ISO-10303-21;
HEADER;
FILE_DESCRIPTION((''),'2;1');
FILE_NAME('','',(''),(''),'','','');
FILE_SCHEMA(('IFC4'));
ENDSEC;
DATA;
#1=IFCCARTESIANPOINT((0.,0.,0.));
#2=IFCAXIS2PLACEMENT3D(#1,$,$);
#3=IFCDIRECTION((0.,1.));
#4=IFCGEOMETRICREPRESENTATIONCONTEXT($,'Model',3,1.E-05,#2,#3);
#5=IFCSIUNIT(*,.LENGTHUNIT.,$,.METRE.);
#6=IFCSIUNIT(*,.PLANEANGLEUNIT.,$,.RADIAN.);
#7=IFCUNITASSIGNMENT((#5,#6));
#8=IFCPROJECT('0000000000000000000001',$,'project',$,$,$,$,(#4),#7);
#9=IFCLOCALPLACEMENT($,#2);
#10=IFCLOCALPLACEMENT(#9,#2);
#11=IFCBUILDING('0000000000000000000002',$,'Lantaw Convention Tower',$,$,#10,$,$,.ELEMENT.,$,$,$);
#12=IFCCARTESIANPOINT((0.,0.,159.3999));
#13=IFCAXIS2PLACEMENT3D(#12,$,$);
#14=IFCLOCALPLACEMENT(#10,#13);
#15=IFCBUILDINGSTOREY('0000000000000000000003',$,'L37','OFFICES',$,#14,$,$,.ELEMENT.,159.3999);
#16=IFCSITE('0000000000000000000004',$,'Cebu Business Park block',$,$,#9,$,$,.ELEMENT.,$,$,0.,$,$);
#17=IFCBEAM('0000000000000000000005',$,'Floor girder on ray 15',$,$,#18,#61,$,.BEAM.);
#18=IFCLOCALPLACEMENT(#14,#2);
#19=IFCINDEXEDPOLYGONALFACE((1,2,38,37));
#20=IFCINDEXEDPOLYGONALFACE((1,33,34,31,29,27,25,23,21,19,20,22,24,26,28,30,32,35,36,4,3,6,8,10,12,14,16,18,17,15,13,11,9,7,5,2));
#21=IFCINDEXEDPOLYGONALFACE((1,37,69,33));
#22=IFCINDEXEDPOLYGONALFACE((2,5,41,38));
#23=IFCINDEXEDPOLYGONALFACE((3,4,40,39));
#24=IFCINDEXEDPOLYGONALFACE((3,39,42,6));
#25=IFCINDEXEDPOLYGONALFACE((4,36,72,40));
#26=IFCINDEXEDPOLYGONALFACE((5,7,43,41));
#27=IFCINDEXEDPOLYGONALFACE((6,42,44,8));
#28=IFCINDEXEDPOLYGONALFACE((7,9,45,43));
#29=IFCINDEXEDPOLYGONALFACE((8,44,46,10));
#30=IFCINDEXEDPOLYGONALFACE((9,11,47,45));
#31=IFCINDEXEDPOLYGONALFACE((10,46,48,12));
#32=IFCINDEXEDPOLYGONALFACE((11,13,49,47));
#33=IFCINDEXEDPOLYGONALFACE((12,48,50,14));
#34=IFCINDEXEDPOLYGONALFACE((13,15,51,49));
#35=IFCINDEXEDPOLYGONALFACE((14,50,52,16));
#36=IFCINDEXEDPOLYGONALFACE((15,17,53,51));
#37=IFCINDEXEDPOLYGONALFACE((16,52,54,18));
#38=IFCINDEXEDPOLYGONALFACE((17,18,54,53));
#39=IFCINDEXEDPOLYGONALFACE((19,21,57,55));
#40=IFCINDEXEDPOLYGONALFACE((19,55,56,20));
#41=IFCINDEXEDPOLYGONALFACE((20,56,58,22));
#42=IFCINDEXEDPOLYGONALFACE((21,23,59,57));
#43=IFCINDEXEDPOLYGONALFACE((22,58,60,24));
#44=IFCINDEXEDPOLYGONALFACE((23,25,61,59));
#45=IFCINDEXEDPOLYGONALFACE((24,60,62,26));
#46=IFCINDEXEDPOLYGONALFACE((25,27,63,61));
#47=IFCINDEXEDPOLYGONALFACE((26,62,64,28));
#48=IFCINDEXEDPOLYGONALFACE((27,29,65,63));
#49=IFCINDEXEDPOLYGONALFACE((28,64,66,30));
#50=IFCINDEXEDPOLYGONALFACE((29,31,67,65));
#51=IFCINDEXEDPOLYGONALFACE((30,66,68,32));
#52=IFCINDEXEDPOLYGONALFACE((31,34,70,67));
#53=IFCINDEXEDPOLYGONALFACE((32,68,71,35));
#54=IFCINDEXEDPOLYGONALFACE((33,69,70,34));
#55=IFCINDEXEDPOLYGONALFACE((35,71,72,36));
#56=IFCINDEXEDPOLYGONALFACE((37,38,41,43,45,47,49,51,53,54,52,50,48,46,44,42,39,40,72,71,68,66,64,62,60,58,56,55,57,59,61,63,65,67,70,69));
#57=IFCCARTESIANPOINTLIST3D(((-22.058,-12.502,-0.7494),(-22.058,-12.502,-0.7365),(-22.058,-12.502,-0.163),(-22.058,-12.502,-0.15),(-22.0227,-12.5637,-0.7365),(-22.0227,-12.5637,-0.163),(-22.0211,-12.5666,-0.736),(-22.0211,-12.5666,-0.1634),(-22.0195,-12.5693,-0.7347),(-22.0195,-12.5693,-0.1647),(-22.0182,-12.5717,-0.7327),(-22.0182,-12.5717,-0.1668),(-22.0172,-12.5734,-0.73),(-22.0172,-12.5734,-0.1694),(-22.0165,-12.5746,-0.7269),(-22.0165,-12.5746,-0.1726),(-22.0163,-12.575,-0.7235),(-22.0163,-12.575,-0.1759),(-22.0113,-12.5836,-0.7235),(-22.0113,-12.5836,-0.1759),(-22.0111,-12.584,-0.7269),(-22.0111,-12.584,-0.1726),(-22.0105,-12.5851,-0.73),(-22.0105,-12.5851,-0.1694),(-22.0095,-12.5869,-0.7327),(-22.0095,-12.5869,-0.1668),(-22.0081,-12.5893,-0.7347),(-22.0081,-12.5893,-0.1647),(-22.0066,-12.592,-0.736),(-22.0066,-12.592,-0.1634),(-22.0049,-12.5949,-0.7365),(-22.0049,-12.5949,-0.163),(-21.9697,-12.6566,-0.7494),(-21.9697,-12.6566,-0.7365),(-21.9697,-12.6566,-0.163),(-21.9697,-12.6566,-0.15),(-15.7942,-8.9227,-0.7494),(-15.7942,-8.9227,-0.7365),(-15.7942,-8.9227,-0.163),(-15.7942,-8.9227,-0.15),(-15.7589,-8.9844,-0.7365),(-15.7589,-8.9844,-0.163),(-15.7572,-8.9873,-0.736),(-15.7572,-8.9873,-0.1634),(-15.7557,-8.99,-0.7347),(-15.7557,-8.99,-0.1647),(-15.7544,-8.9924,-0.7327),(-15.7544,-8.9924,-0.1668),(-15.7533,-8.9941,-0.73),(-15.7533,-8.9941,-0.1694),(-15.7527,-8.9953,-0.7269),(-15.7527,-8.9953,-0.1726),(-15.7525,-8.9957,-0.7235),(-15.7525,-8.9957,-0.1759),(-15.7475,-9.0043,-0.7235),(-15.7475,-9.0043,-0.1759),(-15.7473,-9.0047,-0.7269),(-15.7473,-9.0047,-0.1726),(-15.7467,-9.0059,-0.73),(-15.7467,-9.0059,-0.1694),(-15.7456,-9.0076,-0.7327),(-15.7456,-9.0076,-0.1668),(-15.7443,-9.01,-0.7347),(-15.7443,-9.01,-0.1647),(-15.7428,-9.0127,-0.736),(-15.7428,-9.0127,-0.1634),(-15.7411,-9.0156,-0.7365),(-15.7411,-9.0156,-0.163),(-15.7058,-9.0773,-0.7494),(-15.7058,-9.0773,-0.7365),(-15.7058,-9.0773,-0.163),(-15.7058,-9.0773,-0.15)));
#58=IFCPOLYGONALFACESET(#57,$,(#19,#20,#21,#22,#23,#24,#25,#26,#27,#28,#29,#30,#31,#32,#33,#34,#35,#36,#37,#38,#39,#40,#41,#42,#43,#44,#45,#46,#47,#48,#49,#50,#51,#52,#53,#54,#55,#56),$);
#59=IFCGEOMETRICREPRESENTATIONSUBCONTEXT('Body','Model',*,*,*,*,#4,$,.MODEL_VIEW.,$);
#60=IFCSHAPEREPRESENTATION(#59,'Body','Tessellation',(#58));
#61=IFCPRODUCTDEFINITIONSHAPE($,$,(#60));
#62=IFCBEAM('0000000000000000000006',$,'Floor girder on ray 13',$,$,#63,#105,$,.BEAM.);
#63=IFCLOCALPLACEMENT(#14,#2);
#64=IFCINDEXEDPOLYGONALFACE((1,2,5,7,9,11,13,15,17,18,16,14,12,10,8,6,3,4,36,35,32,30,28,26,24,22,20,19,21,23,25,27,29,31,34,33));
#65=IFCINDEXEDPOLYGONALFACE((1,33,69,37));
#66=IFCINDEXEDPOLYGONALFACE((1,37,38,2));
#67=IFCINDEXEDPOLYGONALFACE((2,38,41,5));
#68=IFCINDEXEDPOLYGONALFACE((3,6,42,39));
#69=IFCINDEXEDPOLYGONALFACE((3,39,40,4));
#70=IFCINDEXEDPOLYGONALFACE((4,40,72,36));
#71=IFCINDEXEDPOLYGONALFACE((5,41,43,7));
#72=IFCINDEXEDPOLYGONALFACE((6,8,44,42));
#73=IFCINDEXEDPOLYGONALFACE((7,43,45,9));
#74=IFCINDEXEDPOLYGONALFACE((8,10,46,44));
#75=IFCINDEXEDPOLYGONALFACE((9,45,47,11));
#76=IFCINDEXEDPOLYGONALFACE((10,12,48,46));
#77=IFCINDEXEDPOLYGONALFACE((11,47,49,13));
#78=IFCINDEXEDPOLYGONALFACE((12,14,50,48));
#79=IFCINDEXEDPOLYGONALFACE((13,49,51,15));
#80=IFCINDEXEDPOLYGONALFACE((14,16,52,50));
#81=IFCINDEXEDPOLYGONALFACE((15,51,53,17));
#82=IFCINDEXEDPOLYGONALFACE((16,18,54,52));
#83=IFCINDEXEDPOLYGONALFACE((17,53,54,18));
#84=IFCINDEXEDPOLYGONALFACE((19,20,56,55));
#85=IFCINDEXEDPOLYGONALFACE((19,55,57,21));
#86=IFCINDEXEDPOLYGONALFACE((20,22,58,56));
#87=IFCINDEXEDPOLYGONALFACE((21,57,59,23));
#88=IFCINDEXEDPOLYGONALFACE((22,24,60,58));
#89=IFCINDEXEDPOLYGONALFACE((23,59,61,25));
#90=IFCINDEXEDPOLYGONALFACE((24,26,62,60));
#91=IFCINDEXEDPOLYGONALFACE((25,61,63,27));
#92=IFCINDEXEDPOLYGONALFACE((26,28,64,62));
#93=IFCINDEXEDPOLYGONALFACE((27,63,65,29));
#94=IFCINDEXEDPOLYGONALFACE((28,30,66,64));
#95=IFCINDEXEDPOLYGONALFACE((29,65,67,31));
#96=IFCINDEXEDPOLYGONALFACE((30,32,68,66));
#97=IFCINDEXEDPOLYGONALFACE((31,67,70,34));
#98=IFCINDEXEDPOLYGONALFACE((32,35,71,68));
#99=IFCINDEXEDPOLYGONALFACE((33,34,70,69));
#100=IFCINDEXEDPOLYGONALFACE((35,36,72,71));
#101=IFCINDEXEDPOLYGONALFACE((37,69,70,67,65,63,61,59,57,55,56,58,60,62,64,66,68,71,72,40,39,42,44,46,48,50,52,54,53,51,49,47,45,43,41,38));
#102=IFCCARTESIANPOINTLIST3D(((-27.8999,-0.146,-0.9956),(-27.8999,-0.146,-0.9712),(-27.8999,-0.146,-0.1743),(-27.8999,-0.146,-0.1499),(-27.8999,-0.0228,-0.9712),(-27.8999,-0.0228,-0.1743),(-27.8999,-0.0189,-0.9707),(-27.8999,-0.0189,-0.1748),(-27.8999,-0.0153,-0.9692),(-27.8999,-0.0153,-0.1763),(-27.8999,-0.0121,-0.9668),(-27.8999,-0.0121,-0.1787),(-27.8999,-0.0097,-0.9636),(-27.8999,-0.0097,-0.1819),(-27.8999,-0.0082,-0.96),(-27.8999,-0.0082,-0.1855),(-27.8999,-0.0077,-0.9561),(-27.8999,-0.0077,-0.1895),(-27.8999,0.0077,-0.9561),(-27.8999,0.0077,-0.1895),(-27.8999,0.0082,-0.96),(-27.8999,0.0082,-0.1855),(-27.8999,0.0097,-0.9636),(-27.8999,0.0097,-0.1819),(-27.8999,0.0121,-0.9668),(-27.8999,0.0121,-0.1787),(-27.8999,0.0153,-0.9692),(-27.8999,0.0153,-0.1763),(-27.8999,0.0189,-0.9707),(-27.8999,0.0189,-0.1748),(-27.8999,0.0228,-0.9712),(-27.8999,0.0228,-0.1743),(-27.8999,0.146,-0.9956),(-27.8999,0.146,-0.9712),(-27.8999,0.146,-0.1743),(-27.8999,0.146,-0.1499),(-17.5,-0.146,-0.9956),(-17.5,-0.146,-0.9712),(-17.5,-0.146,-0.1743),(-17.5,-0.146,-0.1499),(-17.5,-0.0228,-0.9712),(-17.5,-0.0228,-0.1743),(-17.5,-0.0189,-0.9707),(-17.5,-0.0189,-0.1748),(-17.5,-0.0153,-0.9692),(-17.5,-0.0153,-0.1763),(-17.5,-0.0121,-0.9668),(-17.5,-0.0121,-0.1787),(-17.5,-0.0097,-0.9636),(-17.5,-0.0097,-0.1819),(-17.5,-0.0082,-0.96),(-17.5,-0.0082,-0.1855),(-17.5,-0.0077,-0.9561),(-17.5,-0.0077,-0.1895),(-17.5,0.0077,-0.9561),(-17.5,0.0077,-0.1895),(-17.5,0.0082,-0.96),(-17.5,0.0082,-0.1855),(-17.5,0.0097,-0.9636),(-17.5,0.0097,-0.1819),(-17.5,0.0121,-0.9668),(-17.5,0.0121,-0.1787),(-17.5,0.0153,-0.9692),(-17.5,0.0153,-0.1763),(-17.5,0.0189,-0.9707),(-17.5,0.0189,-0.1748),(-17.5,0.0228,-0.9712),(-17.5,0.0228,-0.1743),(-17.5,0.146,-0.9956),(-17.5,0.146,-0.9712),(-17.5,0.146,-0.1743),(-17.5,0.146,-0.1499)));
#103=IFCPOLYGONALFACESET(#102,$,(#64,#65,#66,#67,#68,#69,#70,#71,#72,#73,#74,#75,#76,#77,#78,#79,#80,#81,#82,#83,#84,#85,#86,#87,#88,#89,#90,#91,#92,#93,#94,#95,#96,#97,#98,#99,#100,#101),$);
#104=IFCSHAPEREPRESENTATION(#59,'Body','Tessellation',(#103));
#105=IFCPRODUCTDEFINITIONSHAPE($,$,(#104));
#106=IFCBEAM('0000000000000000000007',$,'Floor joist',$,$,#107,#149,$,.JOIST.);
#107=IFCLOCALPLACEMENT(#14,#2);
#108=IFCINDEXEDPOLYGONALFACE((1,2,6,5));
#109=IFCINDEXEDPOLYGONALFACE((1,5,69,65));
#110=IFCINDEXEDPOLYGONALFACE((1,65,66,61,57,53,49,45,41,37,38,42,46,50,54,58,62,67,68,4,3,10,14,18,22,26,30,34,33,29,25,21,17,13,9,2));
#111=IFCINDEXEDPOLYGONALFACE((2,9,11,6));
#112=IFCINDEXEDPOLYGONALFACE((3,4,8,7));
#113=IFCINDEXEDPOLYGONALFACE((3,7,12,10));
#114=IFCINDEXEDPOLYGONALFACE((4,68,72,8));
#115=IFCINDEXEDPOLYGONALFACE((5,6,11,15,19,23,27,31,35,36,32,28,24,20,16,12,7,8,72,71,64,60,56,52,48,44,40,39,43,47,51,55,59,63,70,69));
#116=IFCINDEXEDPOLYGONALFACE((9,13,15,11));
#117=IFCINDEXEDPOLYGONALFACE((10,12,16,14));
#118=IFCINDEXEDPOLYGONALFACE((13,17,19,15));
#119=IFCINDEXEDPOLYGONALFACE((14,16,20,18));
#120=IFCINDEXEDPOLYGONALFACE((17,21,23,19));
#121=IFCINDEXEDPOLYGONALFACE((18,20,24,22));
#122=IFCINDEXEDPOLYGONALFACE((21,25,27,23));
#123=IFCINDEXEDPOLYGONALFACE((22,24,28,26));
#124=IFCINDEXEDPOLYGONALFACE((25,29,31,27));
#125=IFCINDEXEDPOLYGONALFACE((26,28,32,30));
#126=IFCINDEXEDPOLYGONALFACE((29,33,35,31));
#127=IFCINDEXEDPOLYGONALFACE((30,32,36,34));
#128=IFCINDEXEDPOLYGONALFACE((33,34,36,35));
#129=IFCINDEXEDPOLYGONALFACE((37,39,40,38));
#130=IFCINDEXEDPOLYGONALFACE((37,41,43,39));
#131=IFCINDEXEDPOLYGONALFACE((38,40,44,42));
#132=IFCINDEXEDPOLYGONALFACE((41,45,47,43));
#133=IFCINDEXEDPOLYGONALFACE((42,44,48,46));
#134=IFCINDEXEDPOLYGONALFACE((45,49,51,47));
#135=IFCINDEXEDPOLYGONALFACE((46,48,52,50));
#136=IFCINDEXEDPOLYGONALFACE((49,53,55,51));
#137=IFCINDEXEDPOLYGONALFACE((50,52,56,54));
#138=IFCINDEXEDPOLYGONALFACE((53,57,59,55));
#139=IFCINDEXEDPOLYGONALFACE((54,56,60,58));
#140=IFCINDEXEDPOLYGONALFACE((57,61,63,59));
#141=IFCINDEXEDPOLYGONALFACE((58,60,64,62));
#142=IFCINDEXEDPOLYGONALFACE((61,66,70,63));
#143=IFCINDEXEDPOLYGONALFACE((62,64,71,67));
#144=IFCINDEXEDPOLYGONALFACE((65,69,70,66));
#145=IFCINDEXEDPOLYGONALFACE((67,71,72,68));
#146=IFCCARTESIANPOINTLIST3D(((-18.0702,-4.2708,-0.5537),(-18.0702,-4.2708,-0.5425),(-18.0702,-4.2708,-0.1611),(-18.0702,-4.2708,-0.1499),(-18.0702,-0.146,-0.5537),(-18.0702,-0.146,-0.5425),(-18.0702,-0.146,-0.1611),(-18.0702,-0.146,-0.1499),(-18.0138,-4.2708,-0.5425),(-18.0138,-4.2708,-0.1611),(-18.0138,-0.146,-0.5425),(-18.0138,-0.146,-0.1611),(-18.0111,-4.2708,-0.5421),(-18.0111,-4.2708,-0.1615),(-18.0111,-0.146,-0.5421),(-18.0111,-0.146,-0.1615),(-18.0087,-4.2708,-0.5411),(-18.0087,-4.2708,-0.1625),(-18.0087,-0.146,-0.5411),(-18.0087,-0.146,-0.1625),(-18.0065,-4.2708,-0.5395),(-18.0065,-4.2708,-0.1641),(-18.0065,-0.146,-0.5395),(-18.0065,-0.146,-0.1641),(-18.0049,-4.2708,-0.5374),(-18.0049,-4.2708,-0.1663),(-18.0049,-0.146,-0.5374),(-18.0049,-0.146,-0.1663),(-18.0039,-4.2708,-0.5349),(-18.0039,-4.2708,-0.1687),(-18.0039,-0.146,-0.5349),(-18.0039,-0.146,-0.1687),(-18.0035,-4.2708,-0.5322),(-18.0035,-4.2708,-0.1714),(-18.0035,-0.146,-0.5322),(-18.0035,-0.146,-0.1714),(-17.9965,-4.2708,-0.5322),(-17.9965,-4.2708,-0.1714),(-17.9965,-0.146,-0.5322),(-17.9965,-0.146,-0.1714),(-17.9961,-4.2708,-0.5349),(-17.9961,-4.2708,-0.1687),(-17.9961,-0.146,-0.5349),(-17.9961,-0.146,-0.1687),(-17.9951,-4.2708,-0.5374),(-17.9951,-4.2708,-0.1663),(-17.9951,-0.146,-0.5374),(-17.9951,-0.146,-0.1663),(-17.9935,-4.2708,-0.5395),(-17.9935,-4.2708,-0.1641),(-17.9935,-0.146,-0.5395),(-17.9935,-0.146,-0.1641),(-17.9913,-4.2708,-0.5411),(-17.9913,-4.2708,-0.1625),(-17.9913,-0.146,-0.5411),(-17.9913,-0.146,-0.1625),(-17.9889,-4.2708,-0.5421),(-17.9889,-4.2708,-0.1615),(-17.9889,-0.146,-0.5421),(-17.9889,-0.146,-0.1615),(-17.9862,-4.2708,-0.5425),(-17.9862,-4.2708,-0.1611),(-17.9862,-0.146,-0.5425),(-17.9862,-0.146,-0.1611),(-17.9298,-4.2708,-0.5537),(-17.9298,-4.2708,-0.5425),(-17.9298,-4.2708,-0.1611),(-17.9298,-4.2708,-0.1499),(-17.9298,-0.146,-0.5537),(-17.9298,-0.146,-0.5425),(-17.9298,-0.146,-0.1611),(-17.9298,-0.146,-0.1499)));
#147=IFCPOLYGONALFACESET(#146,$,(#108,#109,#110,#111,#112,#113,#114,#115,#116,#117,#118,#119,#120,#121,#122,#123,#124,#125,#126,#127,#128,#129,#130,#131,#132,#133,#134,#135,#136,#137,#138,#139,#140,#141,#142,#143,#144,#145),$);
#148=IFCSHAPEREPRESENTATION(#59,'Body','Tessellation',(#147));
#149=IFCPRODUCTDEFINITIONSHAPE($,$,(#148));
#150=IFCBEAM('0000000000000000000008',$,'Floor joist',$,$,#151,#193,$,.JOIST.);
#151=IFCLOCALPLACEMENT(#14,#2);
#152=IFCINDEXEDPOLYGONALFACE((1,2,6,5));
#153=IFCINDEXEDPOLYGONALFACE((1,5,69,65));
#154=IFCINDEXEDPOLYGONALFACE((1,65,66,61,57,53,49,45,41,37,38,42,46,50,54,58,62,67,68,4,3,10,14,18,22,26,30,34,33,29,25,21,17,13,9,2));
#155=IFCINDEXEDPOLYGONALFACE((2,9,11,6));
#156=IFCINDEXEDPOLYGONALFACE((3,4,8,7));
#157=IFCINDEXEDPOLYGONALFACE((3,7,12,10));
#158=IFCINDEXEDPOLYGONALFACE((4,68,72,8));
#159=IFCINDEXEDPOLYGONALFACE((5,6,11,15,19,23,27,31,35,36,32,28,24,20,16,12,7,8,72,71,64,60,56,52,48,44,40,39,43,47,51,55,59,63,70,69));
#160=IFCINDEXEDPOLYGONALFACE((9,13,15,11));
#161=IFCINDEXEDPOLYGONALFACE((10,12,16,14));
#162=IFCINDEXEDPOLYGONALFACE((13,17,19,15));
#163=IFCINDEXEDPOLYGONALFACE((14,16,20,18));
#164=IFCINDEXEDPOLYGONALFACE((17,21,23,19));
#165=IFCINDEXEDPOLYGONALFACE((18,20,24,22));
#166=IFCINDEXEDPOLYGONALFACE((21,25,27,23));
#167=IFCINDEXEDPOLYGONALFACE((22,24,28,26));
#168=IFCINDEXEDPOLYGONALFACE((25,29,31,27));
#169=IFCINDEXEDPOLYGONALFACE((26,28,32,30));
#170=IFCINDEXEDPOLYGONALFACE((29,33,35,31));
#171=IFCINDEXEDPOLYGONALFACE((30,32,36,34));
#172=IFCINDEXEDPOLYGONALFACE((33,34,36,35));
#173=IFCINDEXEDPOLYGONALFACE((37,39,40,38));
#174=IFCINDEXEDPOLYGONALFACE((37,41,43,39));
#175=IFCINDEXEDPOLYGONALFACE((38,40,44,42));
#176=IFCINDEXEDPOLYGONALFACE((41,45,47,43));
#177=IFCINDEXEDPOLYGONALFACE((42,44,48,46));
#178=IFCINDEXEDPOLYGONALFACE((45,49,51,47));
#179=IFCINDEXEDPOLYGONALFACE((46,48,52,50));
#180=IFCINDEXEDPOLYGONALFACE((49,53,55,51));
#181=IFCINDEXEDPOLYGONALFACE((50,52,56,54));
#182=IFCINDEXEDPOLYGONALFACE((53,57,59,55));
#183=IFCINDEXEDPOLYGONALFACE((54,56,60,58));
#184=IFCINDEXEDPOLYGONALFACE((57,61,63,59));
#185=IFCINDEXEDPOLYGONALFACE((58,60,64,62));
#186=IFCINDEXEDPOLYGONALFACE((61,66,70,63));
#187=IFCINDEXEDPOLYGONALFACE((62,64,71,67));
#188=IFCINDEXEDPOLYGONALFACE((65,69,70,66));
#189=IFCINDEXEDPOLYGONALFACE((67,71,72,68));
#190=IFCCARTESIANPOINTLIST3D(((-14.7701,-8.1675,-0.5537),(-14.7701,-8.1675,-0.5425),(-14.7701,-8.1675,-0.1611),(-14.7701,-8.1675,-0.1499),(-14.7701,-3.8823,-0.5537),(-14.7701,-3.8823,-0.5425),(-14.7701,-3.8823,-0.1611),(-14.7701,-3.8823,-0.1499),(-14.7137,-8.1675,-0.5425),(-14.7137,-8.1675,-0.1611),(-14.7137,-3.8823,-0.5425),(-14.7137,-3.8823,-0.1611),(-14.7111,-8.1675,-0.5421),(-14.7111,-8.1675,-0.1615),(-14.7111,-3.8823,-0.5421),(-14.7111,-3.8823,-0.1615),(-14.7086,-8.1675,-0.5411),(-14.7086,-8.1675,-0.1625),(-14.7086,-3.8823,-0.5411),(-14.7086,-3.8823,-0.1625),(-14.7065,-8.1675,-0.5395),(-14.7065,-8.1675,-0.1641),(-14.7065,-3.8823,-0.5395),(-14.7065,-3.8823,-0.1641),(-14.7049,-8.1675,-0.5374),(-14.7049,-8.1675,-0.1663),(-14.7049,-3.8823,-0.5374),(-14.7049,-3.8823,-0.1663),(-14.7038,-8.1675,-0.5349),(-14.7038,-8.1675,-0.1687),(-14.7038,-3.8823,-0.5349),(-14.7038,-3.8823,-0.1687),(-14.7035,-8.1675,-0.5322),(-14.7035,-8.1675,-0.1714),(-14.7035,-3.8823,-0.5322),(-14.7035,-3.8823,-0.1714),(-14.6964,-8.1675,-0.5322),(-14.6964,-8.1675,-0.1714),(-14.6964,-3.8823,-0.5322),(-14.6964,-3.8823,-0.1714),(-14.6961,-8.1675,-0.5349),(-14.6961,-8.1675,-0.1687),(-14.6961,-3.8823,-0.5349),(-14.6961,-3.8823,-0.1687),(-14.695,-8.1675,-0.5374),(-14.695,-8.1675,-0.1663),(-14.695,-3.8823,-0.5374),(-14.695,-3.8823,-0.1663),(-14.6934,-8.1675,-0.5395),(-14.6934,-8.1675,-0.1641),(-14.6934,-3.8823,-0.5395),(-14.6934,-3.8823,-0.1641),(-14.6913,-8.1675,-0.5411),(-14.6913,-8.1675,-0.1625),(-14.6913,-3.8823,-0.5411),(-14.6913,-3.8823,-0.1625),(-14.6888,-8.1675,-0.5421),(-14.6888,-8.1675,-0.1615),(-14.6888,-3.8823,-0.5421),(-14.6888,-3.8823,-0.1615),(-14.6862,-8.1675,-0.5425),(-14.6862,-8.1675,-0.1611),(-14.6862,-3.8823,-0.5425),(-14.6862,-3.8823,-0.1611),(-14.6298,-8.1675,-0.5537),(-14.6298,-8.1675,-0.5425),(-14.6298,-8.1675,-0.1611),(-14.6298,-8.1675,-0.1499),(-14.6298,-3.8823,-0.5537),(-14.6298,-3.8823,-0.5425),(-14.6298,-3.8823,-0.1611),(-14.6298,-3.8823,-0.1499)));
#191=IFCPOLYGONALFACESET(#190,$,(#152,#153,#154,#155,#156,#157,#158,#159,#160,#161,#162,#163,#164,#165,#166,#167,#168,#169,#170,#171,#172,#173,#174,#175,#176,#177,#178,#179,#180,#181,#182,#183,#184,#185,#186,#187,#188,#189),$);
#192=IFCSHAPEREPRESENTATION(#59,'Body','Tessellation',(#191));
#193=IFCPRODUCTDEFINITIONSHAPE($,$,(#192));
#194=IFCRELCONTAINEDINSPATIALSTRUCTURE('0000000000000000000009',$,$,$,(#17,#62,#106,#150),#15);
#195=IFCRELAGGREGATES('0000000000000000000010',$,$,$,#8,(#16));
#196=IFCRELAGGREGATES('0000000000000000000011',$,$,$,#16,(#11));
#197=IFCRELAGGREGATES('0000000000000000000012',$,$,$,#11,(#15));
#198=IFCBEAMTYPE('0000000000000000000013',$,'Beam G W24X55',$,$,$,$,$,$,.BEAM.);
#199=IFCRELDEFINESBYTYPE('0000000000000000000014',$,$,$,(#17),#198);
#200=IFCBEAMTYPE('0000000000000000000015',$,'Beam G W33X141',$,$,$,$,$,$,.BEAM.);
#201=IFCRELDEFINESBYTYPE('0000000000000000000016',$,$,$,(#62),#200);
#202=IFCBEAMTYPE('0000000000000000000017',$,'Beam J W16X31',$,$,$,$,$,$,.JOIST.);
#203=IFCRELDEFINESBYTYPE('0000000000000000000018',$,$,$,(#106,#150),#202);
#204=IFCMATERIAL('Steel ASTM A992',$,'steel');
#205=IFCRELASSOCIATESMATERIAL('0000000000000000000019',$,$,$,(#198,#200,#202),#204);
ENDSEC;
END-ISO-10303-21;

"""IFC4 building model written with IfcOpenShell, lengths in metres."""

from ifc_helpers import new_model, si_unit, direction, frame, origin, origin_2d, place, context, subcontext, project, spatial, i_section, extrude, material, material_profile, profile_set, type_object, element, save


model = new_model("IFC4")

# Units and contexts
model_context = context("Model", 3, precision=1e-05, world=origin(), true_north=direction((0.0, 1.0)))
body_context = subcontext(model_context, "Body", "Model", "MODEL_VIEW")
ifc_project = project(units=[si_unit("LENGTHUNIT", "METRE"), si_unit("PLANEANGLEUNIT", "RADIAN")], contexts=[model_context])

# Site, building, storey
site_placement = place(None, origin())
site = spatial("IfcSite", under=ifc_project, at=site_placement, Name="Cebu Business Park block", CompositionType="ELEMENT", RefElevation=0.0)
building_placement = place(site_placement, origin())
building = spatial("IfcBuilding", under=site, at=building_placement, Name="Lantaw Convention Tower", CompositionType="ELEMENT")
storey_placement = place(building_placement, frame((0.0, 0.0, 159.3999)))
storey = spatial("IfcBuildingStorey", under=building, at=storey_placement, Name="L37", Description="OFFICES", CompositionType="ELEMENT", Elevation=159.3999)

# Beams
ifc_material_1 = material(Name="Steel ASTM A992", Category="steel")
ifc_material_profile_1 = material_profile(ifc_material_1, i_section(OverallWidth=0.178, OverallDepth=0.5994, WebThickness=0.01, FlangeThickness=0.0129, FilletRadius=0.0129, at=origin_2d()), Name="W24X55")
ifc_profile_set_1 = profile_set([ifc_material_profile_1], Name="Steel ASTM A992")
beam_type_1 = type_object("IfcBeamType", Name="Beam G W24X55", PredefinedType="BEAM", material=ifc_profile_set_1)
beam_1_placement = place(storey_placement, frame((-15.75, -9.0, -0.4497), z_axis=(-0.868245, -0.496135, 0.0), x_axis=(0.496135, -0.868245, 0.0)))
element("IfcBeam", 1, at=beam_1_placement, inside=storey, type_object=beam_type_1, Name="Floor girder on ray 15", PredefinedType="BEAM", context=body_context, shape_type="SweptSolid", body=[
    extrude(i_section(OverallWidth=0.178, OverallDepth=0.5994, WebThickness=0.01, FlangeThickness=0.0129, FilletRadius=0.0129, at=origin_2d()), origin(), (0.0, 0.0, 1.0), 7.2144),
])
ifc_material_profile_2 = material_profile(ifc_material_1, i_section(OverallWidth=0.292, OverallDepth=0.8457, WebThickness=0.0154, FlangeThickness=0.0244, FilletRadius=0.0151, at=origin_2d()), Name="W33X141")
ifc_profile_set_2 = profile_set([ifc_material_profile_2], Name="Steel ASTM A992")
beam_type_2 = type_object("IfcBeamType", Name="Beam G W33X141", PredefinedType="BEAM", material=ifc_profile_set_2)
beam_2_placement = place(storey_placement, frame((-17.5, 0.0, -0.5728), z_axis=(-1.0, 0.0, 0.0), x_axis=(0.0, -1.0, 0.0)))
element("IfcBeam", 2, at=beam_2_placement, inside=storey, type_object=beam_type_2, Name="Floor girder on ray 13", PredefinedType="BEAM", context=body_context, shape_type="SweptSolid", body=[
    extrude(i_section(OverallWidth=0.292, OverallDepth=0.8457, WebThickness=0.0154, FlangeThickness=0.0244, FilletRadius=0.0151, at=origin_2d()), origin(), (0.0, 0.0, 1.0), 10.3999),
])
ifc_material_profile_3 = material_profile(ifc_material_1, i_section(OverallWidth=0.1404, OverallDepth=0.4038, WebThickness=0.0071, FlangeThickness=0.0112, FilletRadius=0.0103, at=origin_2d()), Name="W16X31")
ifc_profile_set_3 = profile_set([ifc_material_profile_3], Name="Steel ASTM A992")
beam_type_3 = type_object("IfcBeamType", Name="Beam J W16X31", PredefinedType="JOIST", material=ifc_profile_set_3)
beam_3_placement = place(storey_placement, frame((-18.0, -4.2708, -0.3518), z_axis=(0.0, 1.0, 0.0), x_axis=(-1.0, 0.0, 0.0)))
element("IfcBeam", 3, at=beam_3_placement, inside=storey, type_object=beam_type_3, Name="Floor joist", PredefinedType="JOIST", context=body_context, shape_type="SweptSolid", body=[
    extrude(i_section(OverallWidth=0.1404, OverallDepth=0.4038, WebThickness=0.0071, FlangeThickness=0.0112, FilletRadius=0.0103, at=origin_2d()), origin(), (0.0, 0.0, 1.0), 4.1248),
])
beam_4_placement = place(storey_placement, frame((-14.7, -8.1675, -0.3518), z_axis=(0.0, 1.0, 0.0), x_axis=(-1.0, 0.0, 0.0)))
element("IfcBeam", 4, at=beam_4_placement, inside=storey, type_object=beam_type_3, Name="Floor joist", PredefinedType="JOIST", context=body_context, shape_type="SweptSolid", body=[
    extrude(i_section(OverallWidth=0.1404, OverallDepth=0.4038, WebThickness=0.0071, FlangeThickness=0.0112, FilletRadius=0.0103, at=origin_2d()), origin(), (0.0, 0.0, 1.0), 4.2852),
])

save(model, "model.ifc")
